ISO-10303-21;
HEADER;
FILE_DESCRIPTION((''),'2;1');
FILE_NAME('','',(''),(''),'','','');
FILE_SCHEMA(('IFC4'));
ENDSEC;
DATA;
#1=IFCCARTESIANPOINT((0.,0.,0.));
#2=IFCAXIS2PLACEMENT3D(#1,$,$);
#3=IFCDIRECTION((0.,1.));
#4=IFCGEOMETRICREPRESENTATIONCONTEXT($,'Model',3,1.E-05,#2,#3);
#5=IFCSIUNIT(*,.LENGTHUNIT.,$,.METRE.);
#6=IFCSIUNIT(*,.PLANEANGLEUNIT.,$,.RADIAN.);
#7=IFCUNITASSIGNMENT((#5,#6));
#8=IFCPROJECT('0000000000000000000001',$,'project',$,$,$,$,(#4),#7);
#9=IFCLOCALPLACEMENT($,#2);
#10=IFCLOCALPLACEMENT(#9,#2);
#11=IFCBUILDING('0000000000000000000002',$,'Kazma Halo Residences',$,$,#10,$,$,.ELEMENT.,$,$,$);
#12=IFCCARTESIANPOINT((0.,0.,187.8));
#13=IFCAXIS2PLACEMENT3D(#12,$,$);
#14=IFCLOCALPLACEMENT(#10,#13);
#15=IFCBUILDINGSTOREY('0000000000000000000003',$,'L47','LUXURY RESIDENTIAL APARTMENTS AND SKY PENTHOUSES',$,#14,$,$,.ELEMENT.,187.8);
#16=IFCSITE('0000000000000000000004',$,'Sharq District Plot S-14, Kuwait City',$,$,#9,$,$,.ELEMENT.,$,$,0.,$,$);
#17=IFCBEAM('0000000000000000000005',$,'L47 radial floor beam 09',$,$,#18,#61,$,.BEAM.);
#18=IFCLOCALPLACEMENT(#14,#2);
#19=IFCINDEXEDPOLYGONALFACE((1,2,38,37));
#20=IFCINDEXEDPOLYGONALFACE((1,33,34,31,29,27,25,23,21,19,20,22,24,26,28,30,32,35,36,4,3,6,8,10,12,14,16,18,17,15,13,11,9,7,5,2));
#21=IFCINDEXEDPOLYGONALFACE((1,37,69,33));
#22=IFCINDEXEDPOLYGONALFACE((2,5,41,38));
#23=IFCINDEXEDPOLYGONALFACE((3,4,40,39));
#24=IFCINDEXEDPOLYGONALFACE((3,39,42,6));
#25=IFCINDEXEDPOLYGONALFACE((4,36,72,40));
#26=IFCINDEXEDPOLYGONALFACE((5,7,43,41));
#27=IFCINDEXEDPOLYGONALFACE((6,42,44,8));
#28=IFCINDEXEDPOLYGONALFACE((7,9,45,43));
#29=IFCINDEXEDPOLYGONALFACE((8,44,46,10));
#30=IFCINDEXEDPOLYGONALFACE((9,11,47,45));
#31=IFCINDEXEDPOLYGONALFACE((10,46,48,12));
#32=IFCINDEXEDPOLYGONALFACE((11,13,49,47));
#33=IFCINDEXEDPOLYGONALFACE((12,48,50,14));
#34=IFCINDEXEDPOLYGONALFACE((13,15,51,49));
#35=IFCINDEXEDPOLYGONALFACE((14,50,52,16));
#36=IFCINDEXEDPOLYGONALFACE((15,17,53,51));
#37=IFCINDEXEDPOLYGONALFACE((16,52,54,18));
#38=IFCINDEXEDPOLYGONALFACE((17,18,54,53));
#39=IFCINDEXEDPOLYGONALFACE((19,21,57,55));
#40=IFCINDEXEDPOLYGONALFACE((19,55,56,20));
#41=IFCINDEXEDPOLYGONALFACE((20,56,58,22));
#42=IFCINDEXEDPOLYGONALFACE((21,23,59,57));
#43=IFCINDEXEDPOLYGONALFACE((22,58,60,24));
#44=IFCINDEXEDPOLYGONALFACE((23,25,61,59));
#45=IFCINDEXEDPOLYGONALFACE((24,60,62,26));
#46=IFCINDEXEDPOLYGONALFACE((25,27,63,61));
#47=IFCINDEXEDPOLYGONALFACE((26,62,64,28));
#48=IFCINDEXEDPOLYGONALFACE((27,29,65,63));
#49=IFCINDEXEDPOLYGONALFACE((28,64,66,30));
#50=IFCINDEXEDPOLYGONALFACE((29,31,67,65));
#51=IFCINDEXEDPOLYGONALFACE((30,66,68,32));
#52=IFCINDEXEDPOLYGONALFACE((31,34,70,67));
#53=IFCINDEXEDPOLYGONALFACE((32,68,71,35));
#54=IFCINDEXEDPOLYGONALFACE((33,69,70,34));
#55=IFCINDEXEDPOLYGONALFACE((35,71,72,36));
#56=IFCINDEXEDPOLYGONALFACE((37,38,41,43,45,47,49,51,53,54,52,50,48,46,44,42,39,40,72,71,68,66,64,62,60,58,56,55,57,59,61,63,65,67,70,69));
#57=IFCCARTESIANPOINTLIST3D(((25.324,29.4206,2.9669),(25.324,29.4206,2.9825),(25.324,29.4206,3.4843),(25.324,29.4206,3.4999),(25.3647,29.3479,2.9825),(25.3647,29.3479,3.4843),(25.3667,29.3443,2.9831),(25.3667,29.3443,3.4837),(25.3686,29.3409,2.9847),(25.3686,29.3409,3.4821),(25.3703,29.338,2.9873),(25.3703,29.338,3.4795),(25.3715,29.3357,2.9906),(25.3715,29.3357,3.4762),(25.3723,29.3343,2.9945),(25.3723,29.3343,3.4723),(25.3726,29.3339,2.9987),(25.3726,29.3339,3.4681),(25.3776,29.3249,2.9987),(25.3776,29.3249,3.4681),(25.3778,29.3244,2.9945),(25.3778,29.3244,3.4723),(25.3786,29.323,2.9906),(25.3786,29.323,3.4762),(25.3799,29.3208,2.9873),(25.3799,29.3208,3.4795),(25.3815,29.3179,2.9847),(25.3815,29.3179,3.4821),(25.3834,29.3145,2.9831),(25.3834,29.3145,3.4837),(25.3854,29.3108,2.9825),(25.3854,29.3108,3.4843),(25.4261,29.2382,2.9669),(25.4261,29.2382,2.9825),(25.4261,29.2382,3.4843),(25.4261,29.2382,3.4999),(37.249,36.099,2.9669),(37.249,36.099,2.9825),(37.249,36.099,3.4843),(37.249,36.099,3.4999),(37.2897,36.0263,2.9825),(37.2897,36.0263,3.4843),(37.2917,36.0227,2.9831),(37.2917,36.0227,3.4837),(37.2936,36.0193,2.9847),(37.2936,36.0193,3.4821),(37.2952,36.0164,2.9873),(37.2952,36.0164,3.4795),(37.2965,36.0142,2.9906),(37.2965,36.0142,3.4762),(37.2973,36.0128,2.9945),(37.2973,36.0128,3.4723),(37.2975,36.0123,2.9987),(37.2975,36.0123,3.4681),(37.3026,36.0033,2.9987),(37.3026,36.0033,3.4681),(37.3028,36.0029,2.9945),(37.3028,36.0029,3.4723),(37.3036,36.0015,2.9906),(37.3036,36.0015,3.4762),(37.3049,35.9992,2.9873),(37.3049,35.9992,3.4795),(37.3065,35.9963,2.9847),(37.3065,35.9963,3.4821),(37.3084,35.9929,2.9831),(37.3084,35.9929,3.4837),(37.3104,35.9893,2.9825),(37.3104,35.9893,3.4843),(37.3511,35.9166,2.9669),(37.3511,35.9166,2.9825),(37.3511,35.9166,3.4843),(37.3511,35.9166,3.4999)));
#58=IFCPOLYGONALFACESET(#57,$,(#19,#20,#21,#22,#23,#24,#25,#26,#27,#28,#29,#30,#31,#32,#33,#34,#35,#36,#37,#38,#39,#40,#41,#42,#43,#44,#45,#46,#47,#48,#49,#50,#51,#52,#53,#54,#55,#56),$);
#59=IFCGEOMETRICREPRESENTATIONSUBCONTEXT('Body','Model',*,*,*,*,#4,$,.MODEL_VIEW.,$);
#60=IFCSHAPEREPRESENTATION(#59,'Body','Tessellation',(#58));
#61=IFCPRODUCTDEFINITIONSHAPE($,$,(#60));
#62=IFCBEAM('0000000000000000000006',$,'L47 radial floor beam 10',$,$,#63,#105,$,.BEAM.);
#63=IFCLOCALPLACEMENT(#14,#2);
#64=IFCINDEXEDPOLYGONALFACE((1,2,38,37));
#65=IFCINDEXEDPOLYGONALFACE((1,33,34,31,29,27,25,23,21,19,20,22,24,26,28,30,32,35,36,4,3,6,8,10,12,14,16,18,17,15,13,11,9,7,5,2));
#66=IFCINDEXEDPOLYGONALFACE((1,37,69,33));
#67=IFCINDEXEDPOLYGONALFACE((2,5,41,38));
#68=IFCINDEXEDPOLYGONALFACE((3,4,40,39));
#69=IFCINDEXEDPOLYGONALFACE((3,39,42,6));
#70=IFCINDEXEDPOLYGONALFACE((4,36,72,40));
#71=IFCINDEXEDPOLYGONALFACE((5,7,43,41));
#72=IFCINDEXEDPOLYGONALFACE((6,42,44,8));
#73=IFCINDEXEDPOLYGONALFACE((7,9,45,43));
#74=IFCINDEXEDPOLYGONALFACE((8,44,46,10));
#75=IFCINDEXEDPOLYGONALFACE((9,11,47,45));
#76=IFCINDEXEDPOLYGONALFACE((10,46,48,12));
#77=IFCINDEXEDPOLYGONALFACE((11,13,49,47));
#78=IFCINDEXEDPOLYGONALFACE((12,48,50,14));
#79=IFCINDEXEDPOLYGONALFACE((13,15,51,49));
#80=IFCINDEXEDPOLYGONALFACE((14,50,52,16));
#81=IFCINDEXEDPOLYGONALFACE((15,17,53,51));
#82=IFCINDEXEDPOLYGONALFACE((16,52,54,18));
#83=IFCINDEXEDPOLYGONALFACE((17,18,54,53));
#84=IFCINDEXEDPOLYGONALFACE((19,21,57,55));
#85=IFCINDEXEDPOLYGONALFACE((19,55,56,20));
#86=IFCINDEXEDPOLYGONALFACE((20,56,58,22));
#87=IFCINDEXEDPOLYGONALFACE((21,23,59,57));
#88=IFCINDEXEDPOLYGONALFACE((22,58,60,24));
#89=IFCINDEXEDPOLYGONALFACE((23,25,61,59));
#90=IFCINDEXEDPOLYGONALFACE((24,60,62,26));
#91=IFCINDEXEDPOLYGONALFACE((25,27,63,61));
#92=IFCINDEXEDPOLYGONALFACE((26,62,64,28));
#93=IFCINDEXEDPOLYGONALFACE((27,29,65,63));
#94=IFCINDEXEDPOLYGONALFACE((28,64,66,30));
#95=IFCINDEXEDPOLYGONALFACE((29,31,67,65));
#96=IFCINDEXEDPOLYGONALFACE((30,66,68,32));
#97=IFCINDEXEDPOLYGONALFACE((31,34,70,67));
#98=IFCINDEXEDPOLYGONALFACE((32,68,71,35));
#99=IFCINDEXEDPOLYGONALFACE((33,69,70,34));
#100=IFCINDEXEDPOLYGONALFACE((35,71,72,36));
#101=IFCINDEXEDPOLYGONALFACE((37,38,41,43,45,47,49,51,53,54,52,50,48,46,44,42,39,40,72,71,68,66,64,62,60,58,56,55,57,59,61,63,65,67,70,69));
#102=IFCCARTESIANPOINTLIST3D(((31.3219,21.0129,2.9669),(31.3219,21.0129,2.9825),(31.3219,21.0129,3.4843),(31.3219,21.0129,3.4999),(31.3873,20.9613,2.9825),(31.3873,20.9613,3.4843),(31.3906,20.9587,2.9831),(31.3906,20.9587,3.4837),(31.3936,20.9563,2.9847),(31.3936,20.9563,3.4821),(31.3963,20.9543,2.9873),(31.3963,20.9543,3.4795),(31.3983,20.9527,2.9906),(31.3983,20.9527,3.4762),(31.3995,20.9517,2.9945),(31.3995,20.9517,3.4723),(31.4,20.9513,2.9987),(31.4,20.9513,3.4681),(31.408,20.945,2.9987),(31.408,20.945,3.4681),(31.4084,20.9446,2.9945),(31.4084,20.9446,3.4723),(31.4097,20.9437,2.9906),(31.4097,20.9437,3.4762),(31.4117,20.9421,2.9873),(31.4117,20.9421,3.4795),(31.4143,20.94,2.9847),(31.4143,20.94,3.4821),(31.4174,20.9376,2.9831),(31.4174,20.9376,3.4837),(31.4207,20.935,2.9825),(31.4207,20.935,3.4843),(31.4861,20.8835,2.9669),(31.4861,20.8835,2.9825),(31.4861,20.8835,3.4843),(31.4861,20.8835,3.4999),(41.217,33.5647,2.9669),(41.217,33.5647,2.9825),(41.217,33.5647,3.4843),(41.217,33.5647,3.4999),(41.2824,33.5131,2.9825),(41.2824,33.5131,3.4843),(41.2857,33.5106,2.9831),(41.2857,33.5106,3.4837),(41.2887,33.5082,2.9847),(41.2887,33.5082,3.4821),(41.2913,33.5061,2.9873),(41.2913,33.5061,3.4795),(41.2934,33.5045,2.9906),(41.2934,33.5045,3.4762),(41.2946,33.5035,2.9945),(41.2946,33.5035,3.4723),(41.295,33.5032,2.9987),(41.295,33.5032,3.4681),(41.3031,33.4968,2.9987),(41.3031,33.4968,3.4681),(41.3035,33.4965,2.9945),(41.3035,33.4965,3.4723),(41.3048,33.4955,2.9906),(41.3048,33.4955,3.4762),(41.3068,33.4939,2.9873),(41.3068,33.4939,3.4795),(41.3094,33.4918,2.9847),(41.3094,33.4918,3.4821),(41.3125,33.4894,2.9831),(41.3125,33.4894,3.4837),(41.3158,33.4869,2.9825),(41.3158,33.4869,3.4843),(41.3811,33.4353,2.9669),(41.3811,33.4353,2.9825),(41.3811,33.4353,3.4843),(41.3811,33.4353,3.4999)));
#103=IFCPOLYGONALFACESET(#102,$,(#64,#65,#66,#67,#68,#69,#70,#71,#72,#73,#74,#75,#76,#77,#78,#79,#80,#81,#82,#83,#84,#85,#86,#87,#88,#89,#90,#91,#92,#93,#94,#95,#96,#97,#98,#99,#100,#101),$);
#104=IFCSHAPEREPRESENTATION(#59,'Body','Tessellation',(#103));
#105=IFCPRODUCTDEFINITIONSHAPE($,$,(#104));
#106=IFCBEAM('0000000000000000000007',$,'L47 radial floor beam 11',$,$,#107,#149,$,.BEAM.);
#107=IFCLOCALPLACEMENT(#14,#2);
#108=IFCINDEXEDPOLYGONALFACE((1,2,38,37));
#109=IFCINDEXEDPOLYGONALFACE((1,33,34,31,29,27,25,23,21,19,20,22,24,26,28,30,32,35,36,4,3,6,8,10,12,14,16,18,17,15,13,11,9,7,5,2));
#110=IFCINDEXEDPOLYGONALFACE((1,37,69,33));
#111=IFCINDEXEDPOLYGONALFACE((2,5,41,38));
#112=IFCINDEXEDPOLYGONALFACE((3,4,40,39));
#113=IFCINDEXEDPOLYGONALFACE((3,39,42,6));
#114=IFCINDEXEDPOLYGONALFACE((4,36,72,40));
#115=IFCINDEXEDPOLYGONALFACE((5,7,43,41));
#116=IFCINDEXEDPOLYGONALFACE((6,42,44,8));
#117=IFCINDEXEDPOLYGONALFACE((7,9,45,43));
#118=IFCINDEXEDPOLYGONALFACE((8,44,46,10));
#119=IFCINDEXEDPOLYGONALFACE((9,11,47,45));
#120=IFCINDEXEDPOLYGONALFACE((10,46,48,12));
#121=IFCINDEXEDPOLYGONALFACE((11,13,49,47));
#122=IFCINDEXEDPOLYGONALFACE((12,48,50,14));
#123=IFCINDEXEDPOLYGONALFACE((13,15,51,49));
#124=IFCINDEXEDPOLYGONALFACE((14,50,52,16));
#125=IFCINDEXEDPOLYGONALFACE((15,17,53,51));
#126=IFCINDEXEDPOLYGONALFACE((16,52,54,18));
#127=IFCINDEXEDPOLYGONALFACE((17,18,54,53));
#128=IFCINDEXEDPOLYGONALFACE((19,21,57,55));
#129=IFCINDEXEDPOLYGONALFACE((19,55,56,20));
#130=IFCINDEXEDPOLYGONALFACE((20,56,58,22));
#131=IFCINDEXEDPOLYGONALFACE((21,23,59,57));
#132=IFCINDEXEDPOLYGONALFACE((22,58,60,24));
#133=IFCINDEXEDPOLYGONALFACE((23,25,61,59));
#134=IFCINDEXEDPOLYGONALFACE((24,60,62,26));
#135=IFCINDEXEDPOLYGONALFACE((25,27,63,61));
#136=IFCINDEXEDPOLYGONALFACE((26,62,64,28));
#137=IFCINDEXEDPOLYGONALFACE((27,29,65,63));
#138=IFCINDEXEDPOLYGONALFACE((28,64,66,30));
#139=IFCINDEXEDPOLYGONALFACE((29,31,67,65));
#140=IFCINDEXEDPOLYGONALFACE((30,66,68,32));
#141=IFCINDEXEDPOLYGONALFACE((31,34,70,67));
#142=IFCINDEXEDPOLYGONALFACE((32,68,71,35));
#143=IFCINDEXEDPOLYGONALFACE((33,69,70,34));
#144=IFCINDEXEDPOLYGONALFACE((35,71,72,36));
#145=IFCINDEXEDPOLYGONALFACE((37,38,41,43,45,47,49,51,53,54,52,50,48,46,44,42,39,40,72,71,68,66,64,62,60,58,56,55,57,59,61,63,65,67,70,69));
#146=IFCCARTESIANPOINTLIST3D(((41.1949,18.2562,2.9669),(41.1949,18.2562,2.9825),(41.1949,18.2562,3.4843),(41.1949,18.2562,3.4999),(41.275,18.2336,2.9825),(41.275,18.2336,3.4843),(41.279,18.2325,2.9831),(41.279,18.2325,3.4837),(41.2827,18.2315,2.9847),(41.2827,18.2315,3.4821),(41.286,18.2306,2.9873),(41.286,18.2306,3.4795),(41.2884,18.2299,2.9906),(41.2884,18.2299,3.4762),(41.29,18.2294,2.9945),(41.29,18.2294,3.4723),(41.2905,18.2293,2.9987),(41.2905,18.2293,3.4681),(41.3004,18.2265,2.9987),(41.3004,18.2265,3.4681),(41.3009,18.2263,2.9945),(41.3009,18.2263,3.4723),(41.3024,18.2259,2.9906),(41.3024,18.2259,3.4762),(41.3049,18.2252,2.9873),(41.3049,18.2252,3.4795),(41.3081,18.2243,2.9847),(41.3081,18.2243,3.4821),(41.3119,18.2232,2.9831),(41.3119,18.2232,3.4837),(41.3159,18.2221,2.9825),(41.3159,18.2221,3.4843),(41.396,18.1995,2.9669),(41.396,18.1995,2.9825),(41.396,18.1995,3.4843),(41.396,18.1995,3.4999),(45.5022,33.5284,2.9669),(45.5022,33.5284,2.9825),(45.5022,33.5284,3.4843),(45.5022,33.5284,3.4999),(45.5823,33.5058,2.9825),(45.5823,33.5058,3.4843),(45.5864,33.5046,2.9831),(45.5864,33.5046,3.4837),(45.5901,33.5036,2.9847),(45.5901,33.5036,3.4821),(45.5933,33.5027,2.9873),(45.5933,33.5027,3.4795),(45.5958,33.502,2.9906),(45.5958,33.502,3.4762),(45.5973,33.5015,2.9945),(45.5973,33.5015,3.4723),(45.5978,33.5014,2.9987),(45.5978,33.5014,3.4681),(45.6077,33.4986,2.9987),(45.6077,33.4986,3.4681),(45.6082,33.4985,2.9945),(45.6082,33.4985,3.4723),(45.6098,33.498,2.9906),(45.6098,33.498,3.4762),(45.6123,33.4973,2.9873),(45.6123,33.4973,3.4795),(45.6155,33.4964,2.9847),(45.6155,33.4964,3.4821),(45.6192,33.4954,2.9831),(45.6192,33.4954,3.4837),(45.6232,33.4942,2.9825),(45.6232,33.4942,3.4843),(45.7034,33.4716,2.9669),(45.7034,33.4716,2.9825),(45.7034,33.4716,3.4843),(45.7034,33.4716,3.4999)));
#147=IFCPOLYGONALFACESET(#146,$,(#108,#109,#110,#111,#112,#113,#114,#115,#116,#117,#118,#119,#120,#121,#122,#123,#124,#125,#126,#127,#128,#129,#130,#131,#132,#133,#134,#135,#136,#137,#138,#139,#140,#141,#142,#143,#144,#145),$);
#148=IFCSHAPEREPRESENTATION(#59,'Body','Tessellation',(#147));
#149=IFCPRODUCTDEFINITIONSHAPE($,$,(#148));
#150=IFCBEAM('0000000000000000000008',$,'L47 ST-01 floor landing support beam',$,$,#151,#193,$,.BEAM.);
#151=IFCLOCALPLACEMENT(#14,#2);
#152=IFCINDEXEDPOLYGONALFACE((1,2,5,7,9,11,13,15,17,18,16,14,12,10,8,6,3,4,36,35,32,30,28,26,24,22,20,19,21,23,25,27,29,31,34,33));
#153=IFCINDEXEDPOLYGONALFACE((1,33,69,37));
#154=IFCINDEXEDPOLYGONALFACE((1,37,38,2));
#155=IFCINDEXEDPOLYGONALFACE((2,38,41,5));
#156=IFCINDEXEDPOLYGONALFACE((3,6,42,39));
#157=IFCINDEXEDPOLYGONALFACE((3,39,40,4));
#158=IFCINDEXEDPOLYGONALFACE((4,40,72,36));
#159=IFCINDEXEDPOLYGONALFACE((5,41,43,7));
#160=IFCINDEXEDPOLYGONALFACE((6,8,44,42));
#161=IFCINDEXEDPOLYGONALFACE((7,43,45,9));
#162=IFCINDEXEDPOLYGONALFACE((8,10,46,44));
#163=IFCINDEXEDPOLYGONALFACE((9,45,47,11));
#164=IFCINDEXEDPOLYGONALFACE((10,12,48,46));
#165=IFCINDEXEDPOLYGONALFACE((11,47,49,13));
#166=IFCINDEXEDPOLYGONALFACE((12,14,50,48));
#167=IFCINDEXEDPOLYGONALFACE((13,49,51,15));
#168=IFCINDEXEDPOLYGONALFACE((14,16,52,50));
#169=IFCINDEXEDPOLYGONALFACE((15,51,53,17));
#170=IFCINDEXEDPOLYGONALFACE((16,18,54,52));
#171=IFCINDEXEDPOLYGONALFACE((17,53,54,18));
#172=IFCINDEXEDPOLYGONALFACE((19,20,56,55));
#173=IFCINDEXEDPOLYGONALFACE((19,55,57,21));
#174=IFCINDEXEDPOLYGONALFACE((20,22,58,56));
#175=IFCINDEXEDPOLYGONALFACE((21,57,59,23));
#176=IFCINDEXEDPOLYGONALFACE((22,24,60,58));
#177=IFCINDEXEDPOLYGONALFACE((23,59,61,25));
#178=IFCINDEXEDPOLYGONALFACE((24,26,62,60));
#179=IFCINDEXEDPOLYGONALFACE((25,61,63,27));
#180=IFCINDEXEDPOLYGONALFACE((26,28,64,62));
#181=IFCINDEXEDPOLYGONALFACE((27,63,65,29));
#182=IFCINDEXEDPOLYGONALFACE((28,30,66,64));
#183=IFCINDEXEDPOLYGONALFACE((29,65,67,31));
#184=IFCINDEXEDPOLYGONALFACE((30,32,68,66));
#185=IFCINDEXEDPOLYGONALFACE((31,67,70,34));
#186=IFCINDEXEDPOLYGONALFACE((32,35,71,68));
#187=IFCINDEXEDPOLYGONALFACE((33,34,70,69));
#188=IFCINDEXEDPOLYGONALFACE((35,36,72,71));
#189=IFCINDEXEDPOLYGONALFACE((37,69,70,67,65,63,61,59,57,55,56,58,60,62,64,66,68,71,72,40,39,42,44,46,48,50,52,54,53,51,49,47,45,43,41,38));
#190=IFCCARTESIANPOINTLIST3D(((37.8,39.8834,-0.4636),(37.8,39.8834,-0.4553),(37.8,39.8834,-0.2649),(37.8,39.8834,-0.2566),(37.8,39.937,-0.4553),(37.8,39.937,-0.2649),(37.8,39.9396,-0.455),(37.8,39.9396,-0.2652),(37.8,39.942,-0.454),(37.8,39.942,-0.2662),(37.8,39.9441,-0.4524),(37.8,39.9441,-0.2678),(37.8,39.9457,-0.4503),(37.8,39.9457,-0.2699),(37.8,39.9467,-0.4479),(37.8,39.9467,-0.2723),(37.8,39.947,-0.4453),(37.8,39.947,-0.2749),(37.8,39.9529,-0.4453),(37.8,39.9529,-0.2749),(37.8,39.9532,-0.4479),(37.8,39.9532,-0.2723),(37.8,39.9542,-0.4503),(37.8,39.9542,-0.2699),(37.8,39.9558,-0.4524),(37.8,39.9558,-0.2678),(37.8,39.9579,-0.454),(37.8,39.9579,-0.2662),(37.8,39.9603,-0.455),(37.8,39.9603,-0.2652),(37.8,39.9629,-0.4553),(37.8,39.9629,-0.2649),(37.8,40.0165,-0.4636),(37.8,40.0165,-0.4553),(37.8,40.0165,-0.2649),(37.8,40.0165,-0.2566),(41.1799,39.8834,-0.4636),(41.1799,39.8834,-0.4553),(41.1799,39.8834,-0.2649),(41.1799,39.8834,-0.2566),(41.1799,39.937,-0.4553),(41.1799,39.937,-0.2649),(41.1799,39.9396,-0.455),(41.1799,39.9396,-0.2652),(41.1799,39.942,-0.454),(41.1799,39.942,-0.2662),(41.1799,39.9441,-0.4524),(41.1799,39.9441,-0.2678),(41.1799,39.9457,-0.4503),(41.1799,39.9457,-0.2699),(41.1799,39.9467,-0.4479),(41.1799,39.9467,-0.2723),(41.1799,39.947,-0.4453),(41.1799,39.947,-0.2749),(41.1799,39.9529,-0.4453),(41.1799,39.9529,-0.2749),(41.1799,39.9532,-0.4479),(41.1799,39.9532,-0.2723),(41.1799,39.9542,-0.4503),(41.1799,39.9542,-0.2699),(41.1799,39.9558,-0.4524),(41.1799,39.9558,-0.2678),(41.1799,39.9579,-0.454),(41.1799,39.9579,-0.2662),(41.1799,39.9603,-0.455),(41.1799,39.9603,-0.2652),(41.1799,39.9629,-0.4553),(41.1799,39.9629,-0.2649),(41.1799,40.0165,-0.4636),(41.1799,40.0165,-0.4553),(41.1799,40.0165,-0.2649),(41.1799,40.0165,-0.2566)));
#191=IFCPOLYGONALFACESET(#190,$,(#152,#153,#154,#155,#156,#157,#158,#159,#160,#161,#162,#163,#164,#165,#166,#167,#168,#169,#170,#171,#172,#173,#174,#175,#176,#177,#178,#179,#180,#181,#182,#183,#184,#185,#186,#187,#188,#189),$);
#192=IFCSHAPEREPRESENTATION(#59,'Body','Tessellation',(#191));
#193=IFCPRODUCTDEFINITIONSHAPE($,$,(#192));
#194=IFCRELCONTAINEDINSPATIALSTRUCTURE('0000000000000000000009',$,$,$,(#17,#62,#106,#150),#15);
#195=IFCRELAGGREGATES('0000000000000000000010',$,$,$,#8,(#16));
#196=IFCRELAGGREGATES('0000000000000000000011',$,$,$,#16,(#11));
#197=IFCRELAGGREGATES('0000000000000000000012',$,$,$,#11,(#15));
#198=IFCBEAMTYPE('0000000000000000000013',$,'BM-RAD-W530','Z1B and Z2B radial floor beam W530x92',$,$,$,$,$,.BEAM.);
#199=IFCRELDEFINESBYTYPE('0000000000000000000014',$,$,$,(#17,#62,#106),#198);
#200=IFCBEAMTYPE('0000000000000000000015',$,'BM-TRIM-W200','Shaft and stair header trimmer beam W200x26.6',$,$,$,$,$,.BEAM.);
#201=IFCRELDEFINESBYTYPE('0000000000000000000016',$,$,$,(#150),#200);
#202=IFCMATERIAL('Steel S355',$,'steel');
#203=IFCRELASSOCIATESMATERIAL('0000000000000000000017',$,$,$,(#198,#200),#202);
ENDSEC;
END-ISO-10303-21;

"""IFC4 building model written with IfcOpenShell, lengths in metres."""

from ifc_helpers import new_model, si_unit, direction, frame, origin, origin_2d, place, context, subcontext, project, spatial, i_section, extrude, material, material_profile, profile_set, type_object, element, save


model = new_model("IFC4")

# Units and contexts
model_context = context("Model", 3, precision=1e-05, world=origin(), true_north=direction((0.0, 1.0)))
body_context = subcontext(model_context, "Body", "Model", "MODEL_VIEW")
ifc_project = project(units=[si_unit("LENGTHUNIT", "METRE"), si_unit("PLANEANGLEUNIT", "RADIAN")], contexts=[model_context])

# Site, building, storey
site_placement = place(None, origin())
site = spatial("IfcSite", under=ifc_project, at=site_placement, Name="Sharq District Plot S-14, Kuwait City", CompositionType="ELEMENT", RefElevation=0.0)
building_placement = place(site_placement, origin())
building = spatial("IfcBuilding", under=site, at=building_placement, Name="Kazma Halo Residences", CompositionType="ELEMENT")
storey_placement = place(building_placement, frame((0.0, 0.0, 187.8)))
storey = spatial("IfcBuildingStorey", under=building, at=storey_placement, Name="L47", Description="LUXURY RESIDENTIAL APARTMENTS AND SKY PENTHOUSES", CompositionType="ELEMENT", Elevation=187.8)

# Beams
ifc_material_1 = material(Name="Steel S355", Category="steel")
ifc_material_profile_1 = material_profile(ifc_material_1, i_section(OverallWidth=0.209, OverallDepth=0.533, WebThickness=0.0103, FlangeThickness=0.0156, FilletRadius=0.0161, at=origin_2d()), Name="W530x92")
ifc_profile_set_1 = profile_set([ifc_material_profile_1], Name="Steel S355")
beam_type_1 = type_object("IfcBeamType", Name="BM-RAD-W530", Description="Z1B and Z2B radial floor beam W530x92", PredefinedType="BEAM", material=ifc_profile_set_1)
beam_1_placement = place(storey_placement, frame((37.3, 36.0078, 3.2334), z_axis=(-0.872492, -0.488628, 0.0), x_axis=(0.488628, -0.872492, 0.0)))
element("IfcBeam", 1, at=beam_1_placement, inside=storey, type_object=beam_type_1, Name="L47 radial floor beam 09", PredefinedType="BEAM", context=body_context, shape_type="SweptSolid", body=[
    extrude(i_section(OverallWidth=0.209, OverallDepth=0.533, WebThickness=0.0103, FlangeThickness=0.0156, FilletRadius=0.0161, at=origin_2d()), origin(), (0.0, 0.0, 1.0), 13.6677),
])
beam_2_placement = place(storey_placement, frame((41.2991, 33.5, 3.2334), z_axis=(-0.619094, -0.785317, 0.0), x_axis=(0.785317, -0.619094, 0.0)))
element("IfcBeam", 2, at=beam_2_placement, inside=storey, type_object=beam_type_1, Name="L47 radial floor beam 10", PredefinedType="BEAM", context=body_context, shape_type="SweptSolid", body=[
    extrude(i_section(OverallWidth=0.209, OverallDepth=0.533, WebThickness=0.0103, FlangeThickness=0.0156, FilletRadius=0.0161, at=origin_2d()), origin(), (0.0, 0.0, 1.0), 15.9832),
])
beam_3_placement = place(storey_placement, frame((45.6028, 33.5, 3.2334), z_axis=(-0.27145, -0.962453, 0.0), x_axis=(0.962453, -0.27145, 0.0)))
element("IfcBeam", 3, at=beam_3_placement, inside=storey, type_object=beam_type_1, Name="L47 radial floor beam 11", PredefinedType="BEAM", context=body_context, shape_type="SweptSolid", body=[
    extrude(i_section(OverallWidth=0.209, OverallDepth=0.533, WebThickness=0.0103, FlangeThickness=0.0156, FilletRadius=0.0161, at=origin_2d()), origin(), (0.0, 0.0, 1.0), 15.8679),
])
ifc_material_profile_2 = material_profile(ifc_material_1, i_section(OverallWidth=0.1331, OverallDepth=0.207, WebThickness=0.0059, FlangeThickness=0.0083, FilletRadius=0.01, at=origin_2d()), Name="W200x26.6")
ifc_profile_set_2 = profile_set([ifc_material_profile_2], Name="Steel S355")
beam_type_2 = type_object("IfcBeamType", Name="BM-TRIM-W200", Description="Shaft and stair header trimmer beam W200x26.6", PredefinedType="BEAM", material=ifc_profile_set_2)
beam_4_placement = place(storey_placement, frame((37.8, 39.95, -0.3601), z_axis=(1.0, 0.0, 0.0), x_axis=(0.0, 1.0, 0.0)))
element("IfcBeam", 4, at=beam_4_placement, inside=storey, type_object=beam_type_2, Name="L47 ST-01 floor landing support beam", PredefinedType="BEAM", context=body_context, shape_type="SweptSolid", body=[
    extrude(i_section(OverallWidth=0.1331, OverallDepth=0.207, WebThickness=0.0059, FlangeThickness=0.0083, FilletRadius=0.01, at=origin_2d()), origin(), (0.0, 0.0, 1.0), 3.3799),
])

save(model, "model.ifc")
